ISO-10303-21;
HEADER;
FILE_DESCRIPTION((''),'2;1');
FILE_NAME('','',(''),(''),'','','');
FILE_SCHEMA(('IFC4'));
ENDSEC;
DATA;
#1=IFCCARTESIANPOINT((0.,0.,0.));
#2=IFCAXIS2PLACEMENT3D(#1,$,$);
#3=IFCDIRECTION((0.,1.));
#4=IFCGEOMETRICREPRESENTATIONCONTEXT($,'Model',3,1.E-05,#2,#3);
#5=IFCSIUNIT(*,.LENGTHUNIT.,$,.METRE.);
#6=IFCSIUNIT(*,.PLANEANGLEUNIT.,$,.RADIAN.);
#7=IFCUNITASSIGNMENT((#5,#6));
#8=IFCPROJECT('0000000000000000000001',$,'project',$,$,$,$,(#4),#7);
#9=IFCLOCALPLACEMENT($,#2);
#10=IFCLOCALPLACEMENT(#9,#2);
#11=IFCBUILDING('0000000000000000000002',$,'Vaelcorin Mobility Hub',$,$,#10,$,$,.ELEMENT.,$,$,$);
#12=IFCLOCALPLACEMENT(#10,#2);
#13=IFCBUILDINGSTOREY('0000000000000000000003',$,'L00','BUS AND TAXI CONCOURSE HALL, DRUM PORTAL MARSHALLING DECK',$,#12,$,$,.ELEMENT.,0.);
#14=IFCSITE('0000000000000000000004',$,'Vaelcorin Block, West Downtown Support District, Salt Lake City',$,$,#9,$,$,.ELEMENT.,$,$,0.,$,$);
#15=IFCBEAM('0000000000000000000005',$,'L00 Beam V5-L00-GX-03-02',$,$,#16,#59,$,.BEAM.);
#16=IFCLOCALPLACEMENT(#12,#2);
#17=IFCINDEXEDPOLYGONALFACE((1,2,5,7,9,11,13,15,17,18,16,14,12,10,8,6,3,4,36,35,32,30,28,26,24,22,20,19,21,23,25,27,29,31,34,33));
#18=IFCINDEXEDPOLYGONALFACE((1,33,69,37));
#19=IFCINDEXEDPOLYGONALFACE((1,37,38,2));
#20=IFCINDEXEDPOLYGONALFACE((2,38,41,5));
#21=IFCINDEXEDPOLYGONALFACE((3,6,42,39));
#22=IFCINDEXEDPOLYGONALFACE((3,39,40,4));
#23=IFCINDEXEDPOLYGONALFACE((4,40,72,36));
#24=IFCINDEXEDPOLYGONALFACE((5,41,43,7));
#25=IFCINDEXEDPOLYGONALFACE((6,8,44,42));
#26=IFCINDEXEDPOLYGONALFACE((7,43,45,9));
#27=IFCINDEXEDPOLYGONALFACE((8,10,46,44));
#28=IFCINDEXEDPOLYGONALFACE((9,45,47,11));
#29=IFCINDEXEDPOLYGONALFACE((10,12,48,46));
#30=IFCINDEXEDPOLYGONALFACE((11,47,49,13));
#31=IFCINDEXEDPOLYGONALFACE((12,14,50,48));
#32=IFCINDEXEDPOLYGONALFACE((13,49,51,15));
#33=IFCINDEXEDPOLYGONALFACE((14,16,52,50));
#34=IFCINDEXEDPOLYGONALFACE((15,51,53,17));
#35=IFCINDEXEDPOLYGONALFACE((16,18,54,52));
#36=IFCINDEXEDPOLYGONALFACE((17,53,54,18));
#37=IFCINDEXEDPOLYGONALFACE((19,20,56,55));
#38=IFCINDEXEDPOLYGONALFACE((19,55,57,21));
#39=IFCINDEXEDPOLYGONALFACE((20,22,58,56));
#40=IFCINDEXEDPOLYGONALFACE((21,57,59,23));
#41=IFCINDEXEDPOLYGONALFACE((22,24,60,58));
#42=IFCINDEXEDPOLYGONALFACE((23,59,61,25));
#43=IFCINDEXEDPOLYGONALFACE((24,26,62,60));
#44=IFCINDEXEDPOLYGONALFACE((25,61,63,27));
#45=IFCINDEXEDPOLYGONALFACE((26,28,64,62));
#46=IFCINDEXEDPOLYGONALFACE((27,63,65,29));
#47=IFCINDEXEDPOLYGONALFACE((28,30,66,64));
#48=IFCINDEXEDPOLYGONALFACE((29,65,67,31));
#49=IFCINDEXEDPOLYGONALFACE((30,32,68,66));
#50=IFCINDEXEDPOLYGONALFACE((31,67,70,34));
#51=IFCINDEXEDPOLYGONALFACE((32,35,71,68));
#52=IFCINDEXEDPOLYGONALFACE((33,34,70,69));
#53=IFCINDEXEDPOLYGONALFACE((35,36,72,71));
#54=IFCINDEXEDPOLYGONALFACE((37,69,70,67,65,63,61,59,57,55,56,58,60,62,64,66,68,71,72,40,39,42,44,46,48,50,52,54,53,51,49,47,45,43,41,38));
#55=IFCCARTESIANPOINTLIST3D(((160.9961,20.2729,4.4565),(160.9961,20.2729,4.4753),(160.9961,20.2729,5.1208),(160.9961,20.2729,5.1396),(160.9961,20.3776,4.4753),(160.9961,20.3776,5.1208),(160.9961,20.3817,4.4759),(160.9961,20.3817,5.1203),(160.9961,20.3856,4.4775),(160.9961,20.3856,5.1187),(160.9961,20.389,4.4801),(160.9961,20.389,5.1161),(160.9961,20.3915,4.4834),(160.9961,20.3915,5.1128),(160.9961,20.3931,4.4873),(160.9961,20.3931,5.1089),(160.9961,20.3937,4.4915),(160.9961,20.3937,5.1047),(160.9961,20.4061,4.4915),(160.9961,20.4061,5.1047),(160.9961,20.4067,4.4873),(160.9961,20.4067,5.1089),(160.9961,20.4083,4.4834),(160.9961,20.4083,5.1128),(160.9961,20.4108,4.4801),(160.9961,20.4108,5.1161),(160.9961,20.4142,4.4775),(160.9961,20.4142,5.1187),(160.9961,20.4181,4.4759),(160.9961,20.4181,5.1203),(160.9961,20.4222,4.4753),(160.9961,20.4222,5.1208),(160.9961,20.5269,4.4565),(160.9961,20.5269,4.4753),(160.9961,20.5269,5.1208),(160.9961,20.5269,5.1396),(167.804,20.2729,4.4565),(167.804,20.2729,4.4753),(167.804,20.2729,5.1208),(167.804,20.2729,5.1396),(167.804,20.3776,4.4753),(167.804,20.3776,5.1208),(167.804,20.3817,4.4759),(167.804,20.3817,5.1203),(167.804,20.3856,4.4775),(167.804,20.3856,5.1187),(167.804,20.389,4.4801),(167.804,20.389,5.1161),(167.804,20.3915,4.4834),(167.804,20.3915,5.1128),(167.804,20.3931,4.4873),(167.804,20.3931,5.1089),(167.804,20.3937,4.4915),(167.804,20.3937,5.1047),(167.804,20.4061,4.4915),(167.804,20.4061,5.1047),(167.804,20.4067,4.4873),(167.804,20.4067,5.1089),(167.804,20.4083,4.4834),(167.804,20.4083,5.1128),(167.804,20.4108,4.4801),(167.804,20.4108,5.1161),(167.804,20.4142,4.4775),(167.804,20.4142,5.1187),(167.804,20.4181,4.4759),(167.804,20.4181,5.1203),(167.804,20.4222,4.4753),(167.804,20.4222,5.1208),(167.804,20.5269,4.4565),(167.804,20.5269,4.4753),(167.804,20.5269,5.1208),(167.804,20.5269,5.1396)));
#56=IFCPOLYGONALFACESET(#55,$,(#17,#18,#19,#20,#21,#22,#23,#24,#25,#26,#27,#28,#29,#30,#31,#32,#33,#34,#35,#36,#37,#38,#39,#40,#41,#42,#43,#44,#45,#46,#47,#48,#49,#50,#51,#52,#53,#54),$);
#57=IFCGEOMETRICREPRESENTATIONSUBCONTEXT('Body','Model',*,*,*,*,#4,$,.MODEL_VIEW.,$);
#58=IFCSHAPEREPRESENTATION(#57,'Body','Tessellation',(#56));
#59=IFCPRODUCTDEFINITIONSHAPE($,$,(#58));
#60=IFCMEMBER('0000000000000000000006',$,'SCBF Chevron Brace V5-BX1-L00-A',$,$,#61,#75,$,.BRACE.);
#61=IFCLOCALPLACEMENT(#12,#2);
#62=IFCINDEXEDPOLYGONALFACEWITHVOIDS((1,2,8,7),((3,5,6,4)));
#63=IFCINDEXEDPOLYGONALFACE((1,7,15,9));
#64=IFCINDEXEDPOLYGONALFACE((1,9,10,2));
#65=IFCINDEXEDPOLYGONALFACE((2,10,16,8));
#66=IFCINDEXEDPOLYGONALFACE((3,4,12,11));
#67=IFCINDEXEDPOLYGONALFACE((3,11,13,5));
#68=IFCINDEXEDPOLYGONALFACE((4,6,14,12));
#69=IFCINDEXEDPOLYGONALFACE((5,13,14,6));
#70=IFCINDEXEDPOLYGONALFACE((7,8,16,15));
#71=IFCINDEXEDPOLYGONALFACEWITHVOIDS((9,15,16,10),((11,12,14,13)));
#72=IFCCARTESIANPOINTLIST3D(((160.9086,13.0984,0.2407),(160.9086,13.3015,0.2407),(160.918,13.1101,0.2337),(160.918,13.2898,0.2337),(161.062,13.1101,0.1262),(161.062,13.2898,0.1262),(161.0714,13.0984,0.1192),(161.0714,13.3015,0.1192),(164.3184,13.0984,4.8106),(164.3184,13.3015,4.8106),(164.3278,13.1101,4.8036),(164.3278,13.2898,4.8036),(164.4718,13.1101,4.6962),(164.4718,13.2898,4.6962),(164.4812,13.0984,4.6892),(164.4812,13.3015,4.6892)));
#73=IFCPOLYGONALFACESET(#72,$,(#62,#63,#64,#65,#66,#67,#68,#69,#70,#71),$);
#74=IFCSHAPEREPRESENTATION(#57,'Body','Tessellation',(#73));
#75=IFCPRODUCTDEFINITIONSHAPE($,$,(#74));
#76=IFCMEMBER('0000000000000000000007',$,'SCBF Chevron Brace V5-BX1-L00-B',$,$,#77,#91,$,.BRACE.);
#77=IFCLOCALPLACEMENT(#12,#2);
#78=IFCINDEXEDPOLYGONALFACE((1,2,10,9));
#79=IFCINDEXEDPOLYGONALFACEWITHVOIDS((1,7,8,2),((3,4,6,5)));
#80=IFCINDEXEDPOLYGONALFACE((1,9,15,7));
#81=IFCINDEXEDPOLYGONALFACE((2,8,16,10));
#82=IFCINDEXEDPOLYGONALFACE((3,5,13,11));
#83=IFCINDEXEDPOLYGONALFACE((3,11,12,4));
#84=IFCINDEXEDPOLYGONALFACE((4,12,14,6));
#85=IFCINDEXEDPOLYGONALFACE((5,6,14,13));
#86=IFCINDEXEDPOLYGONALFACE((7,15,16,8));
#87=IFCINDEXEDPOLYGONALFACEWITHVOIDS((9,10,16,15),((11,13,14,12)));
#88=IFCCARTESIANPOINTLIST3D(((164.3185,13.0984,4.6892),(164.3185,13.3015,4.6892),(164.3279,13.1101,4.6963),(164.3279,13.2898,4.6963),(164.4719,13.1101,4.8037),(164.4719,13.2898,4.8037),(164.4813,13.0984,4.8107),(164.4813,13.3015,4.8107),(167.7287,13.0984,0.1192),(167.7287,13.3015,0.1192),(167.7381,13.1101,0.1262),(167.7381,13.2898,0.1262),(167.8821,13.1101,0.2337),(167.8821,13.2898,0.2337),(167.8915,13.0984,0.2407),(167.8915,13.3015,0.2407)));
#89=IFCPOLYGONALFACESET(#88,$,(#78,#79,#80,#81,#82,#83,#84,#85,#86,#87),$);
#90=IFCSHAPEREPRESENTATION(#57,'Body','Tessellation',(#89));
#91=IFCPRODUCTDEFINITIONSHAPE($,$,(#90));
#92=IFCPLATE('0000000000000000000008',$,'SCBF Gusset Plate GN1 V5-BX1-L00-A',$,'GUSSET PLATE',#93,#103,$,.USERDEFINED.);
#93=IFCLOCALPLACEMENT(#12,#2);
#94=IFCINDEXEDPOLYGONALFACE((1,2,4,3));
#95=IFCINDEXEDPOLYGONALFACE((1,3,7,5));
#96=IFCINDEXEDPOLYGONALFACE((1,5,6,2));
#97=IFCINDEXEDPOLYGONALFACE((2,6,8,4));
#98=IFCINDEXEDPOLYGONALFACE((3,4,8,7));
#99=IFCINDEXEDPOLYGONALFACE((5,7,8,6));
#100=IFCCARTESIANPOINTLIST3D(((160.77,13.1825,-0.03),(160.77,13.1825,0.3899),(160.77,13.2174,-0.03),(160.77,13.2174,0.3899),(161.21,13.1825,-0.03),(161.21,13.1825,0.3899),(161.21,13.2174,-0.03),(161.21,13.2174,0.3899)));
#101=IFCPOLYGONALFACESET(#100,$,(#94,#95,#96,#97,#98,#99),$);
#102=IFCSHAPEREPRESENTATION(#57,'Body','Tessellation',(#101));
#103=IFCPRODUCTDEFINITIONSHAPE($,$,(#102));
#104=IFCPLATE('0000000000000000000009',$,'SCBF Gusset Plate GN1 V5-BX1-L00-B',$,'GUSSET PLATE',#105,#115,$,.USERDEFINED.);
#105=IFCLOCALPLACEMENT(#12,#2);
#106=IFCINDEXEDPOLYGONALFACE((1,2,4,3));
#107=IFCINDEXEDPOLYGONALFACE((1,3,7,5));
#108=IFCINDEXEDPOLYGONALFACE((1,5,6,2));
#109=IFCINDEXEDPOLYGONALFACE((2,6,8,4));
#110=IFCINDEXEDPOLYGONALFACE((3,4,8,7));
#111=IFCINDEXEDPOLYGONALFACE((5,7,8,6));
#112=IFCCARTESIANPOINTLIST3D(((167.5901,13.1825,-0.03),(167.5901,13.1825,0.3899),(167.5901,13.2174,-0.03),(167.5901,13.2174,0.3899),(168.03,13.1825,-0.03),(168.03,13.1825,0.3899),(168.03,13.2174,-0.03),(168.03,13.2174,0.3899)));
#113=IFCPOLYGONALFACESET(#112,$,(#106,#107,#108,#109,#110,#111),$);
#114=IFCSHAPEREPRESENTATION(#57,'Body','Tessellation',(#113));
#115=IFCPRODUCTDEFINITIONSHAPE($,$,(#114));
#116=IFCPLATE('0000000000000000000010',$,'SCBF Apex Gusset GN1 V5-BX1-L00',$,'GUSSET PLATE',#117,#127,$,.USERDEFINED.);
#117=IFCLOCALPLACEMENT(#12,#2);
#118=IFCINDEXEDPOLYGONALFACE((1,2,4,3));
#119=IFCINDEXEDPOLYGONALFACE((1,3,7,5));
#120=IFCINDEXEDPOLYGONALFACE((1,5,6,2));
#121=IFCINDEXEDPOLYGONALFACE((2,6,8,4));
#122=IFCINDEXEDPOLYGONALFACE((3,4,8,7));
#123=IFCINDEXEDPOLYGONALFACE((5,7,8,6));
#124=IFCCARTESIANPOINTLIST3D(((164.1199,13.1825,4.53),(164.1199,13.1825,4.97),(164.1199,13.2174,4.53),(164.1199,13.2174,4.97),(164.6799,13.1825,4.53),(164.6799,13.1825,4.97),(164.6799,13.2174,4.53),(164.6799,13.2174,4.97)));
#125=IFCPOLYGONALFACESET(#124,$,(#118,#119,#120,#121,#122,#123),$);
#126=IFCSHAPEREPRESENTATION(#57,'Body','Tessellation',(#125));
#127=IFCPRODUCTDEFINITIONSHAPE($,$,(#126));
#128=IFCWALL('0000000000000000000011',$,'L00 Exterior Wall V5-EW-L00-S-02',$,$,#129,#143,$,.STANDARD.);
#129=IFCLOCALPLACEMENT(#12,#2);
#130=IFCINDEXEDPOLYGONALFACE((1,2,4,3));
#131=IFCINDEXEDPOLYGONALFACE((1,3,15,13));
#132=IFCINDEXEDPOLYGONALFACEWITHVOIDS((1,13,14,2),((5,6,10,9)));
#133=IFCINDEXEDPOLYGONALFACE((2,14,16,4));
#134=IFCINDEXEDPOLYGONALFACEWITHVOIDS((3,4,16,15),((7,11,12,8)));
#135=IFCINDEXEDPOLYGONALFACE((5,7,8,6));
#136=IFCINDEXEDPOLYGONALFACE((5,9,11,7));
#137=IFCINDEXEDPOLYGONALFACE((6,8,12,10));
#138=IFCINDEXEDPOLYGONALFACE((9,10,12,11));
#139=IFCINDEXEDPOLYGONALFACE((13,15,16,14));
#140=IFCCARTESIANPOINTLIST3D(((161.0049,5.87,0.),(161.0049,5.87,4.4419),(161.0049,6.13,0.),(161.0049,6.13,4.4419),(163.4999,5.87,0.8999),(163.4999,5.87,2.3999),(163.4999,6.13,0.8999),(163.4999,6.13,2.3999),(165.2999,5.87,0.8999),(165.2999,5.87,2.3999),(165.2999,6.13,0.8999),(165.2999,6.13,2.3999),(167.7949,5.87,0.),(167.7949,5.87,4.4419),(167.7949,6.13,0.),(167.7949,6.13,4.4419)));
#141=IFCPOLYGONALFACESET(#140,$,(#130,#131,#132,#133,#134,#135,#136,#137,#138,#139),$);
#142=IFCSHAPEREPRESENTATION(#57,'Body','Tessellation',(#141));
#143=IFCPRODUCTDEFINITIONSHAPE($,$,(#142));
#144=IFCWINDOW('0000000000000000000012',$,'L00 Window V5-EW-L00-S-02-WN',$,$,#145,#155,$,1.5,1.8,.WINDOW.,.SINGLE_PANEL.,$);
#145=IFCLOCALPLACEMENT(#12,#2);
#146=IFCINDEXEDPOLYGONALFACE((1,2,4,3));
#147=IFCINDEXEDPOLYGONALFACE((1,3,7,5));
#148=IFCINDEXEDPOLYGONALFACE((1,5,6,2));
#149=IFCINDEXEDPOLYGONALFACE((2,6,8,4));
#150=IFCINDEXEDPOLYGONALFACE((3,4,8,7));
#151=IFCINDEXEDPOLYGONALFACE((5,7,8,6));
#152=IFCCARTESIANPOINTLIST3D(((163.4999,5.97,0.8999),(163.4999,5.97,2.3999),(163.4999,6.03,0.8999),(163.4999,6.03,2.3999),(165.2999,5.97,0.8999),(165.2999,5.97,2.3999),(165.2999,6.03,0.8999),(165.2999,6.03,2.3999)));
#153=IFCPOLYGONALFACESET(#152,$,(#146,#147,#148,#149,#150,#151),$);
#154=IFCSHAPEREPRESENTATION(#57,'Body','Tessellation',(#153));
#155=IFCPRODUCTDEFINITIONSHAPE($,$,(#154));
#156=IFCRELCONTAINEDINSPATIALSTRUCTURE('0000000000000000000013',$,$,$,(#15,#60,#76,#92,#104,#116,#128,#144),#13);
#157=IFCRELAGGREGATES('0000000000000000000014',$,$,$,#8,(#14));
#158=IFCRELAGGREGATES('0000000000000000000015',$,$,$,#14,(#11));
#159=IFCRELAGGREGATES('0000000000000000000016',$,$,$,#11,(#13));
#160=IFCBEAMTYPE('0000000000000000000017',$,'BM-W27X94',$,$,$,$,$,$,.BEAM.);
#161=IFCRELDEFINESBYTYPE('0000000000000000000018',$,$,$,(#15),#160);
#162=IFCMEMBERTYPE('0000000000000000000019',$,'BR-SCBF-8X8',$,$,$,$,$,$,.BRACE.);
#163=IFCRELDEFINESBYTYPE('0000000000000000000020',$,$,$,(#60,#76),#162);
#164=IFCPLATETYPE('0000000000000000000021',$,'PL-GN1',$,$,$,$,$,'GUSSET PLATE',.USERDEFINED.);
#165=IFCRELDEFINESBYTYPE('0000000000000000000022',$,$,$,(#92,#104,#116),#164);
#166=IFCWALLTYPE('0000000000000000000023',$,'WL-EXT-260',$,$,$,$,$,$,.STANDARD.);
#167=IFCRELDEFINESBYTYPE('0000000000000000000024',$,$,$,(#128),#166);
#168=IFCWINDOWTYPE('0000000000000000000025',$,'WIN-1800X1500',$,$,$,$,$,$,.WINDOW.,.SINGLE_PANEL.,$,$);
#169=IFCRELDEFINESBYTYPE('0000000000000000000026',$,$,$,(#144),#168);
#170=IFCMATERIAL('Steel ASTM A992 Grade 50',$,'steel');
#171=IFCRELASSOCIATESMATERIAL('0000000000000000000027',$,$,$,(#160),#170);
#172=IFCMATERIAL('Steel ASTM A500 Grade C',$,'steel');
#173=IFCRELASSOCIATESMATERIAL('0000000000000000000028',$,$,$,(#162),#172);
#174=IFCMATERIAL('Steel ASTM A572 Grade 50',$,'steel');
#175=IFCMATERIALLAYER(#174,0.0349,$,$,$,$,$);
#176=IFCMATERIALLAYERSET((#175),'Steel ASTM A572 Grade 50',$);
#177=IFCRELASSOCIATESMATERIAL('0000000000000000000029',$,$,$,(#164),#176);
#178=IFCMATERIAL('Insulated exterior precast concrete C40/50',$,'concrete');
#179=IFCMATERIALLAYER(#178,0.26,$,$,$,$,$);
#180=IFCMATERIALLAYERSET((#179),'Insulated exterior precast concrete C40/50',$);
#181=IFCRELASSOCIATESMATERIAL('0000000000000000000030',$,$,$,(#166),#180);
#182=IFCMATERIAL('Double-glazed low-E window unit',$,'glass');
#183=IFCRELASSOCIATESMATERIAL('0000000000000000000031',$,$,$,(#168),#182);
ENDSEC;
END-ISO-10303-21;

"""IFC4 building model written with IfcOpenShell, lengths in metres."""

from ifc_helpers import new_model, si_unit, direction, frame, frame_2d, origin, origin_2d, place, context, subcontext, project, spatial, rectangle, hollow_rectangle, i_section, extrude, material, layer, layer_set, material_profile, profile_set, type_object, element, fill, save


model = new_model("IFC4")

# Units and contexts
model_context = context("Model", 3, precision=1e-05, world=origin(), true_north=direction((0.0, 1.0)))
body_context = subcontext(model_context, "Body", "Model", "MODEL_VIEW")
ifc_project = project(units=[si_unit("LENGTHUNIT", "METRE"), si_unit("PLANEANGLEUNIT", "RADIAN")], contexts=[model_context])

# Site, building, storey
site_placement = place(None, origin())
site = spatial("IfcSite", under=ifc_project, at=site_placement, Name="Vaelcorin Block, West Downtown Support District, Salt Lake City", CompositionType="ELEMENT", RefElevation=0.0)
building_placement = place(site_placement, origin())
building = spatial("IfcBuilding", under=site, at=building_placement, Name="Vaelcorin Mobility Hub", CompositionType="ELEMENT")
storey_placement = place(building_placement, origin())
storey = spatial("IfcBuildingStorey", under=building, at=storey_placement, Name="L00", Description="BUS AND TAXI CONCOURSE HALL, DRUM PORTAL MARSHALLING DECK", CompositionType="ELEMENT", Elevation=0.0)

# Shared definitions
ifc_material_1 = material(Name="Steel ASTM A992 Grade 50", Category="steel")

# Beam
ifc_material_profile_1 = material_profile(ifc_material_1, i_section(OverallWidth=0.2539, OverallDepth=0.6831, WebThickness=0.0125, FlangeThickness=0.0188, FilletRadius=0.0161, at=origin_2d()), Name="W27X94")
ifc_profile_set_1 = profile_set([ifc_material_profile_1], Name="Steel ASTM A992 Grade 50")
beam_type_1 = type_object("IfcBeamType", Name="BM-W27X94", PredefinedType="BEAM", material=ifc_profile_set_1)
for number, where, z_axis, x_axis, name in (
    (1, (160.9961, 20.3999, 4.7981), (1.0, 0.0, 0.0), (0.0, 1.0, 0.0), "L00 Beam V5-L00-GX-03-02"),
):
    element("IfcBeam", number, at=place(storey_placement, frame(where, z_axis=z_axis, x_axis=x_axis)), inside=storey, type_object=beam_type_1, Name=name, PredefinedType="BEAM", context=body_context, shape_type="SweptSolid", body=[
        extrude(i_section(OverallWidth=0.2539, OverallDepth=0.6831, WebThickness=0.0125, FlangeThickness=0.0188, FilletRadius=0.0161, at=origin_2d()), origin(), (0.0, 0.0, 1.0), 6.8079),
    ])

# Members
ifc_material_2 = material(Name="Steel ASTM A500 Grade C", Category="steel")
ifc_material_profile_2 = material_profile(ifc_material_2, hollow_rectangle(XDim=0.2031, YDim=0.2031, WallThickness=0.0117, at=origin_2d()), Name="HSS8X8X0.500")
ifc_profile_set_2 = profile_set([ifc_material_profile_2], Name="Steel ASTM A500 Grade C")
member_type = type_object("IfcMemberType", Name="BR-SCBF-8X8", PredefinedType="BRACE", material=ifc_profile_set_2)
member_1_placement = place(storey_placement, frame((160.99, 13.2, 0.1799), z_axis=(0.598018, 0.0, 0.801482), x_axis=(0.0, 1.0, 0.0)))
element("IfcMember", 2, at=member_1_placement, inside=storey, type_object=member_type, Name="SCBF Chevron Brace V5-BX1-L00-A", PredefinedType="BRACE", context=body_context, shape_type="SweptSolid", body=[
    extrude(hollow_rectangle(XDim=0.2031, YDim=0.2031, WallThickness=0.0117, at=origin_2d()), origin(), (0.0, 0.0, 1.0), 5.7019),
])
member_2_placement = place(storey_placement, frame((167.8101, 13.2, 0.1799), z_axis=(-0.598046, 0.0, 0.801462), x_axis=(0.0, -1.0, 0.0)))
element("IfcMember", 3, at=member_2_placement, inside=storey, type_object=member_type, Name="SCBF Chevron Brace V5-BX1-L00-B", PredefinedType="BRACE", context=body_context, shape_type="SweptSolid", body=[
    extrude(hollow_rectangle(XDim=0.2031, YDim=0.2031, WallThickness=0.0117, at=origin_2d()), origin(), (0.0, 0.0, 1.0), 5.7021),
])

# Plates
ifc_material_3 = material(Name="Steel ASTM A572 Grade 50", Category="steel")
ifc_layer_1 = layer(ifc_material_3, 0.0349)
ifc_layer_set_1 = layer_set([ifc_layer_1], Name="Steel ASTM A572 Grade 50")
plate_type = type_object("IfcPlateType", Name="PL-GN1", ElementType="GUSSET PLATE", PredefinedType="USERDEFINED", material=ifc_layer_set_1)
for number, where, z_axis, x_axis, name in (
    (4, (160.99, 13.2, -0.03), (0.0, 0.0, 1.0), (1.0, 0.0, 0.0), "SCBF Gusset Plate GN1 V5-BX1-L00-A"),
    (5, (167.8101, 13.2, -0.03), (0.0, 0.0, 1.0), (1.0, 0.0, 0.0), "SCBF Gusset Plate GN1 V5-BX1-L00-B"),
):
    element("IfcPlate", number, at=place(storey_placement, frame(where, z_axis=z_axis, x_axis=x_axis)), inside=storey, type_object=plate_type, Name=name, ObjectType="GUSSET PLATE", PredefinedType="USERDEFINED", context=body_context, shape_type="SweptSolid", body=[
        extrude(rectangle(XDim=0.4399, YDim=0.0349, at=origin_2d()), origin(), (0.0, 0.0, 1.0), 0.4199),
    ])
plate_placement = place(storey_placement, frame((164.3999, 13.2, 4.53), z_axis=(0.0, 0.0, 1.0), x_axis=(1.0, 0.0, 0.0)))
element("IfcPlate", 6, at=plate_placement, inside=storey, type_object=plate_type, Name="SCBF Apex Gusset GN1 V5-BX1-L00", ObjectType="GUSSET PLATE", PredefinedType="USERDEFINED", context=body_context, shape_type="SweptSolid", body=[
    extrude(rectangle(XDim=0.5601, YDim=0.0349, at=origin_2d()), origin(), (0.0, 0.0, 1.0), 0.4399),
])

# Wall, opening, window
ifc_material_4 = material(Name="Insulated exterior precast concrete C40/50", Category="concrete")
ifc_layer_2 = layer(ifc_material_4, 0.26)
ifc_layer_set_2 = layer_set([ifc_layer_2], Name="Insulated exterior precast concrete C40/50")
wall_type_1 = type_object("IfcWallType", Name="WL-EXT-260", PredefinedType="STANDARD", material=ifc_layer_set_2)
wall_1_placement = place(storey_placement, frame((167.7949, 6.0, 0.0), z_axis=(0.0, 0.0, 1.0), x_axis=(-1.0, 0.0, 0.0)))
wall_1 = element("IfcWall", 7, at=wall_1_placement, inside=storey, type_object=wall_type_1, Name="L00 Exterior Wall V5-EW-L00-S-02", PredefinedType="STANDARD", context=body_context, shape_type="SweptSolid", body=[
    extrude(rectangle(XDim=6.79, YDim=0.26, at=frame_2d((3.395, 0.0))), origin(), (0.0, 0.0, 1.0), 4.4419),
])
opening_1_placement = place(wall_1_placement, frame((2.4951, 0.0, 0.8999)))
opening_1 = element("IfcOpeningElement", 8, at=opening_1_placement, cuts=wall_1, PredefinedType="OPENING", context=body_context, shape_type="SweptSolid", body=[
    extrude(rectangle(XDim=1.8, YDim=1.5, at=frame_2d((0.8999, 0.75))), frame((0.0, 0.1399, 0.0), z_axis=(0.0, -1.0, 0.0), x_axis=(1.0, 0.0, 0.0)), (0.0, 0.0, 1.0), 0.28),
])
ifc_material_5 = material(Name="Double-glazed low-E window unit", Category="glass")
window_type = type_object("IfcWindowType", Name="WIN-1800X1500", PartitioningType="SINGLE_PANEL", PredefinedType="WINDOW", material=ifc_material_5)
window_1_placement = place(opening_1_placement, origin())
window_1 = element("IfcWindow", 9, at=window_1_placement, inside=storey, type_object=window_type, Name="L00 Window V5-EW-L00-S-02-WN", OverallHeight=1.5, OverallWidth=1.8, PartitioningType="SINGLE_PANEL", PredefinedType="WINDOW", context=body_context, shape_type="SweptSolid", body=[
    extrude(rectangle(XDim=1.8, YDim=1.5, at=frame_2d((0.8999, 0.75))), frame((0.0, 0.03, 0.0), z_axis=(0.0, -1.0, 0.0), x_axis=(1.0, 0.0, 0.0)), (0.0, 0.0, 1.0), 0.0601),
])
fill(opening_1, window_1)

save(model, "model.ifc")
